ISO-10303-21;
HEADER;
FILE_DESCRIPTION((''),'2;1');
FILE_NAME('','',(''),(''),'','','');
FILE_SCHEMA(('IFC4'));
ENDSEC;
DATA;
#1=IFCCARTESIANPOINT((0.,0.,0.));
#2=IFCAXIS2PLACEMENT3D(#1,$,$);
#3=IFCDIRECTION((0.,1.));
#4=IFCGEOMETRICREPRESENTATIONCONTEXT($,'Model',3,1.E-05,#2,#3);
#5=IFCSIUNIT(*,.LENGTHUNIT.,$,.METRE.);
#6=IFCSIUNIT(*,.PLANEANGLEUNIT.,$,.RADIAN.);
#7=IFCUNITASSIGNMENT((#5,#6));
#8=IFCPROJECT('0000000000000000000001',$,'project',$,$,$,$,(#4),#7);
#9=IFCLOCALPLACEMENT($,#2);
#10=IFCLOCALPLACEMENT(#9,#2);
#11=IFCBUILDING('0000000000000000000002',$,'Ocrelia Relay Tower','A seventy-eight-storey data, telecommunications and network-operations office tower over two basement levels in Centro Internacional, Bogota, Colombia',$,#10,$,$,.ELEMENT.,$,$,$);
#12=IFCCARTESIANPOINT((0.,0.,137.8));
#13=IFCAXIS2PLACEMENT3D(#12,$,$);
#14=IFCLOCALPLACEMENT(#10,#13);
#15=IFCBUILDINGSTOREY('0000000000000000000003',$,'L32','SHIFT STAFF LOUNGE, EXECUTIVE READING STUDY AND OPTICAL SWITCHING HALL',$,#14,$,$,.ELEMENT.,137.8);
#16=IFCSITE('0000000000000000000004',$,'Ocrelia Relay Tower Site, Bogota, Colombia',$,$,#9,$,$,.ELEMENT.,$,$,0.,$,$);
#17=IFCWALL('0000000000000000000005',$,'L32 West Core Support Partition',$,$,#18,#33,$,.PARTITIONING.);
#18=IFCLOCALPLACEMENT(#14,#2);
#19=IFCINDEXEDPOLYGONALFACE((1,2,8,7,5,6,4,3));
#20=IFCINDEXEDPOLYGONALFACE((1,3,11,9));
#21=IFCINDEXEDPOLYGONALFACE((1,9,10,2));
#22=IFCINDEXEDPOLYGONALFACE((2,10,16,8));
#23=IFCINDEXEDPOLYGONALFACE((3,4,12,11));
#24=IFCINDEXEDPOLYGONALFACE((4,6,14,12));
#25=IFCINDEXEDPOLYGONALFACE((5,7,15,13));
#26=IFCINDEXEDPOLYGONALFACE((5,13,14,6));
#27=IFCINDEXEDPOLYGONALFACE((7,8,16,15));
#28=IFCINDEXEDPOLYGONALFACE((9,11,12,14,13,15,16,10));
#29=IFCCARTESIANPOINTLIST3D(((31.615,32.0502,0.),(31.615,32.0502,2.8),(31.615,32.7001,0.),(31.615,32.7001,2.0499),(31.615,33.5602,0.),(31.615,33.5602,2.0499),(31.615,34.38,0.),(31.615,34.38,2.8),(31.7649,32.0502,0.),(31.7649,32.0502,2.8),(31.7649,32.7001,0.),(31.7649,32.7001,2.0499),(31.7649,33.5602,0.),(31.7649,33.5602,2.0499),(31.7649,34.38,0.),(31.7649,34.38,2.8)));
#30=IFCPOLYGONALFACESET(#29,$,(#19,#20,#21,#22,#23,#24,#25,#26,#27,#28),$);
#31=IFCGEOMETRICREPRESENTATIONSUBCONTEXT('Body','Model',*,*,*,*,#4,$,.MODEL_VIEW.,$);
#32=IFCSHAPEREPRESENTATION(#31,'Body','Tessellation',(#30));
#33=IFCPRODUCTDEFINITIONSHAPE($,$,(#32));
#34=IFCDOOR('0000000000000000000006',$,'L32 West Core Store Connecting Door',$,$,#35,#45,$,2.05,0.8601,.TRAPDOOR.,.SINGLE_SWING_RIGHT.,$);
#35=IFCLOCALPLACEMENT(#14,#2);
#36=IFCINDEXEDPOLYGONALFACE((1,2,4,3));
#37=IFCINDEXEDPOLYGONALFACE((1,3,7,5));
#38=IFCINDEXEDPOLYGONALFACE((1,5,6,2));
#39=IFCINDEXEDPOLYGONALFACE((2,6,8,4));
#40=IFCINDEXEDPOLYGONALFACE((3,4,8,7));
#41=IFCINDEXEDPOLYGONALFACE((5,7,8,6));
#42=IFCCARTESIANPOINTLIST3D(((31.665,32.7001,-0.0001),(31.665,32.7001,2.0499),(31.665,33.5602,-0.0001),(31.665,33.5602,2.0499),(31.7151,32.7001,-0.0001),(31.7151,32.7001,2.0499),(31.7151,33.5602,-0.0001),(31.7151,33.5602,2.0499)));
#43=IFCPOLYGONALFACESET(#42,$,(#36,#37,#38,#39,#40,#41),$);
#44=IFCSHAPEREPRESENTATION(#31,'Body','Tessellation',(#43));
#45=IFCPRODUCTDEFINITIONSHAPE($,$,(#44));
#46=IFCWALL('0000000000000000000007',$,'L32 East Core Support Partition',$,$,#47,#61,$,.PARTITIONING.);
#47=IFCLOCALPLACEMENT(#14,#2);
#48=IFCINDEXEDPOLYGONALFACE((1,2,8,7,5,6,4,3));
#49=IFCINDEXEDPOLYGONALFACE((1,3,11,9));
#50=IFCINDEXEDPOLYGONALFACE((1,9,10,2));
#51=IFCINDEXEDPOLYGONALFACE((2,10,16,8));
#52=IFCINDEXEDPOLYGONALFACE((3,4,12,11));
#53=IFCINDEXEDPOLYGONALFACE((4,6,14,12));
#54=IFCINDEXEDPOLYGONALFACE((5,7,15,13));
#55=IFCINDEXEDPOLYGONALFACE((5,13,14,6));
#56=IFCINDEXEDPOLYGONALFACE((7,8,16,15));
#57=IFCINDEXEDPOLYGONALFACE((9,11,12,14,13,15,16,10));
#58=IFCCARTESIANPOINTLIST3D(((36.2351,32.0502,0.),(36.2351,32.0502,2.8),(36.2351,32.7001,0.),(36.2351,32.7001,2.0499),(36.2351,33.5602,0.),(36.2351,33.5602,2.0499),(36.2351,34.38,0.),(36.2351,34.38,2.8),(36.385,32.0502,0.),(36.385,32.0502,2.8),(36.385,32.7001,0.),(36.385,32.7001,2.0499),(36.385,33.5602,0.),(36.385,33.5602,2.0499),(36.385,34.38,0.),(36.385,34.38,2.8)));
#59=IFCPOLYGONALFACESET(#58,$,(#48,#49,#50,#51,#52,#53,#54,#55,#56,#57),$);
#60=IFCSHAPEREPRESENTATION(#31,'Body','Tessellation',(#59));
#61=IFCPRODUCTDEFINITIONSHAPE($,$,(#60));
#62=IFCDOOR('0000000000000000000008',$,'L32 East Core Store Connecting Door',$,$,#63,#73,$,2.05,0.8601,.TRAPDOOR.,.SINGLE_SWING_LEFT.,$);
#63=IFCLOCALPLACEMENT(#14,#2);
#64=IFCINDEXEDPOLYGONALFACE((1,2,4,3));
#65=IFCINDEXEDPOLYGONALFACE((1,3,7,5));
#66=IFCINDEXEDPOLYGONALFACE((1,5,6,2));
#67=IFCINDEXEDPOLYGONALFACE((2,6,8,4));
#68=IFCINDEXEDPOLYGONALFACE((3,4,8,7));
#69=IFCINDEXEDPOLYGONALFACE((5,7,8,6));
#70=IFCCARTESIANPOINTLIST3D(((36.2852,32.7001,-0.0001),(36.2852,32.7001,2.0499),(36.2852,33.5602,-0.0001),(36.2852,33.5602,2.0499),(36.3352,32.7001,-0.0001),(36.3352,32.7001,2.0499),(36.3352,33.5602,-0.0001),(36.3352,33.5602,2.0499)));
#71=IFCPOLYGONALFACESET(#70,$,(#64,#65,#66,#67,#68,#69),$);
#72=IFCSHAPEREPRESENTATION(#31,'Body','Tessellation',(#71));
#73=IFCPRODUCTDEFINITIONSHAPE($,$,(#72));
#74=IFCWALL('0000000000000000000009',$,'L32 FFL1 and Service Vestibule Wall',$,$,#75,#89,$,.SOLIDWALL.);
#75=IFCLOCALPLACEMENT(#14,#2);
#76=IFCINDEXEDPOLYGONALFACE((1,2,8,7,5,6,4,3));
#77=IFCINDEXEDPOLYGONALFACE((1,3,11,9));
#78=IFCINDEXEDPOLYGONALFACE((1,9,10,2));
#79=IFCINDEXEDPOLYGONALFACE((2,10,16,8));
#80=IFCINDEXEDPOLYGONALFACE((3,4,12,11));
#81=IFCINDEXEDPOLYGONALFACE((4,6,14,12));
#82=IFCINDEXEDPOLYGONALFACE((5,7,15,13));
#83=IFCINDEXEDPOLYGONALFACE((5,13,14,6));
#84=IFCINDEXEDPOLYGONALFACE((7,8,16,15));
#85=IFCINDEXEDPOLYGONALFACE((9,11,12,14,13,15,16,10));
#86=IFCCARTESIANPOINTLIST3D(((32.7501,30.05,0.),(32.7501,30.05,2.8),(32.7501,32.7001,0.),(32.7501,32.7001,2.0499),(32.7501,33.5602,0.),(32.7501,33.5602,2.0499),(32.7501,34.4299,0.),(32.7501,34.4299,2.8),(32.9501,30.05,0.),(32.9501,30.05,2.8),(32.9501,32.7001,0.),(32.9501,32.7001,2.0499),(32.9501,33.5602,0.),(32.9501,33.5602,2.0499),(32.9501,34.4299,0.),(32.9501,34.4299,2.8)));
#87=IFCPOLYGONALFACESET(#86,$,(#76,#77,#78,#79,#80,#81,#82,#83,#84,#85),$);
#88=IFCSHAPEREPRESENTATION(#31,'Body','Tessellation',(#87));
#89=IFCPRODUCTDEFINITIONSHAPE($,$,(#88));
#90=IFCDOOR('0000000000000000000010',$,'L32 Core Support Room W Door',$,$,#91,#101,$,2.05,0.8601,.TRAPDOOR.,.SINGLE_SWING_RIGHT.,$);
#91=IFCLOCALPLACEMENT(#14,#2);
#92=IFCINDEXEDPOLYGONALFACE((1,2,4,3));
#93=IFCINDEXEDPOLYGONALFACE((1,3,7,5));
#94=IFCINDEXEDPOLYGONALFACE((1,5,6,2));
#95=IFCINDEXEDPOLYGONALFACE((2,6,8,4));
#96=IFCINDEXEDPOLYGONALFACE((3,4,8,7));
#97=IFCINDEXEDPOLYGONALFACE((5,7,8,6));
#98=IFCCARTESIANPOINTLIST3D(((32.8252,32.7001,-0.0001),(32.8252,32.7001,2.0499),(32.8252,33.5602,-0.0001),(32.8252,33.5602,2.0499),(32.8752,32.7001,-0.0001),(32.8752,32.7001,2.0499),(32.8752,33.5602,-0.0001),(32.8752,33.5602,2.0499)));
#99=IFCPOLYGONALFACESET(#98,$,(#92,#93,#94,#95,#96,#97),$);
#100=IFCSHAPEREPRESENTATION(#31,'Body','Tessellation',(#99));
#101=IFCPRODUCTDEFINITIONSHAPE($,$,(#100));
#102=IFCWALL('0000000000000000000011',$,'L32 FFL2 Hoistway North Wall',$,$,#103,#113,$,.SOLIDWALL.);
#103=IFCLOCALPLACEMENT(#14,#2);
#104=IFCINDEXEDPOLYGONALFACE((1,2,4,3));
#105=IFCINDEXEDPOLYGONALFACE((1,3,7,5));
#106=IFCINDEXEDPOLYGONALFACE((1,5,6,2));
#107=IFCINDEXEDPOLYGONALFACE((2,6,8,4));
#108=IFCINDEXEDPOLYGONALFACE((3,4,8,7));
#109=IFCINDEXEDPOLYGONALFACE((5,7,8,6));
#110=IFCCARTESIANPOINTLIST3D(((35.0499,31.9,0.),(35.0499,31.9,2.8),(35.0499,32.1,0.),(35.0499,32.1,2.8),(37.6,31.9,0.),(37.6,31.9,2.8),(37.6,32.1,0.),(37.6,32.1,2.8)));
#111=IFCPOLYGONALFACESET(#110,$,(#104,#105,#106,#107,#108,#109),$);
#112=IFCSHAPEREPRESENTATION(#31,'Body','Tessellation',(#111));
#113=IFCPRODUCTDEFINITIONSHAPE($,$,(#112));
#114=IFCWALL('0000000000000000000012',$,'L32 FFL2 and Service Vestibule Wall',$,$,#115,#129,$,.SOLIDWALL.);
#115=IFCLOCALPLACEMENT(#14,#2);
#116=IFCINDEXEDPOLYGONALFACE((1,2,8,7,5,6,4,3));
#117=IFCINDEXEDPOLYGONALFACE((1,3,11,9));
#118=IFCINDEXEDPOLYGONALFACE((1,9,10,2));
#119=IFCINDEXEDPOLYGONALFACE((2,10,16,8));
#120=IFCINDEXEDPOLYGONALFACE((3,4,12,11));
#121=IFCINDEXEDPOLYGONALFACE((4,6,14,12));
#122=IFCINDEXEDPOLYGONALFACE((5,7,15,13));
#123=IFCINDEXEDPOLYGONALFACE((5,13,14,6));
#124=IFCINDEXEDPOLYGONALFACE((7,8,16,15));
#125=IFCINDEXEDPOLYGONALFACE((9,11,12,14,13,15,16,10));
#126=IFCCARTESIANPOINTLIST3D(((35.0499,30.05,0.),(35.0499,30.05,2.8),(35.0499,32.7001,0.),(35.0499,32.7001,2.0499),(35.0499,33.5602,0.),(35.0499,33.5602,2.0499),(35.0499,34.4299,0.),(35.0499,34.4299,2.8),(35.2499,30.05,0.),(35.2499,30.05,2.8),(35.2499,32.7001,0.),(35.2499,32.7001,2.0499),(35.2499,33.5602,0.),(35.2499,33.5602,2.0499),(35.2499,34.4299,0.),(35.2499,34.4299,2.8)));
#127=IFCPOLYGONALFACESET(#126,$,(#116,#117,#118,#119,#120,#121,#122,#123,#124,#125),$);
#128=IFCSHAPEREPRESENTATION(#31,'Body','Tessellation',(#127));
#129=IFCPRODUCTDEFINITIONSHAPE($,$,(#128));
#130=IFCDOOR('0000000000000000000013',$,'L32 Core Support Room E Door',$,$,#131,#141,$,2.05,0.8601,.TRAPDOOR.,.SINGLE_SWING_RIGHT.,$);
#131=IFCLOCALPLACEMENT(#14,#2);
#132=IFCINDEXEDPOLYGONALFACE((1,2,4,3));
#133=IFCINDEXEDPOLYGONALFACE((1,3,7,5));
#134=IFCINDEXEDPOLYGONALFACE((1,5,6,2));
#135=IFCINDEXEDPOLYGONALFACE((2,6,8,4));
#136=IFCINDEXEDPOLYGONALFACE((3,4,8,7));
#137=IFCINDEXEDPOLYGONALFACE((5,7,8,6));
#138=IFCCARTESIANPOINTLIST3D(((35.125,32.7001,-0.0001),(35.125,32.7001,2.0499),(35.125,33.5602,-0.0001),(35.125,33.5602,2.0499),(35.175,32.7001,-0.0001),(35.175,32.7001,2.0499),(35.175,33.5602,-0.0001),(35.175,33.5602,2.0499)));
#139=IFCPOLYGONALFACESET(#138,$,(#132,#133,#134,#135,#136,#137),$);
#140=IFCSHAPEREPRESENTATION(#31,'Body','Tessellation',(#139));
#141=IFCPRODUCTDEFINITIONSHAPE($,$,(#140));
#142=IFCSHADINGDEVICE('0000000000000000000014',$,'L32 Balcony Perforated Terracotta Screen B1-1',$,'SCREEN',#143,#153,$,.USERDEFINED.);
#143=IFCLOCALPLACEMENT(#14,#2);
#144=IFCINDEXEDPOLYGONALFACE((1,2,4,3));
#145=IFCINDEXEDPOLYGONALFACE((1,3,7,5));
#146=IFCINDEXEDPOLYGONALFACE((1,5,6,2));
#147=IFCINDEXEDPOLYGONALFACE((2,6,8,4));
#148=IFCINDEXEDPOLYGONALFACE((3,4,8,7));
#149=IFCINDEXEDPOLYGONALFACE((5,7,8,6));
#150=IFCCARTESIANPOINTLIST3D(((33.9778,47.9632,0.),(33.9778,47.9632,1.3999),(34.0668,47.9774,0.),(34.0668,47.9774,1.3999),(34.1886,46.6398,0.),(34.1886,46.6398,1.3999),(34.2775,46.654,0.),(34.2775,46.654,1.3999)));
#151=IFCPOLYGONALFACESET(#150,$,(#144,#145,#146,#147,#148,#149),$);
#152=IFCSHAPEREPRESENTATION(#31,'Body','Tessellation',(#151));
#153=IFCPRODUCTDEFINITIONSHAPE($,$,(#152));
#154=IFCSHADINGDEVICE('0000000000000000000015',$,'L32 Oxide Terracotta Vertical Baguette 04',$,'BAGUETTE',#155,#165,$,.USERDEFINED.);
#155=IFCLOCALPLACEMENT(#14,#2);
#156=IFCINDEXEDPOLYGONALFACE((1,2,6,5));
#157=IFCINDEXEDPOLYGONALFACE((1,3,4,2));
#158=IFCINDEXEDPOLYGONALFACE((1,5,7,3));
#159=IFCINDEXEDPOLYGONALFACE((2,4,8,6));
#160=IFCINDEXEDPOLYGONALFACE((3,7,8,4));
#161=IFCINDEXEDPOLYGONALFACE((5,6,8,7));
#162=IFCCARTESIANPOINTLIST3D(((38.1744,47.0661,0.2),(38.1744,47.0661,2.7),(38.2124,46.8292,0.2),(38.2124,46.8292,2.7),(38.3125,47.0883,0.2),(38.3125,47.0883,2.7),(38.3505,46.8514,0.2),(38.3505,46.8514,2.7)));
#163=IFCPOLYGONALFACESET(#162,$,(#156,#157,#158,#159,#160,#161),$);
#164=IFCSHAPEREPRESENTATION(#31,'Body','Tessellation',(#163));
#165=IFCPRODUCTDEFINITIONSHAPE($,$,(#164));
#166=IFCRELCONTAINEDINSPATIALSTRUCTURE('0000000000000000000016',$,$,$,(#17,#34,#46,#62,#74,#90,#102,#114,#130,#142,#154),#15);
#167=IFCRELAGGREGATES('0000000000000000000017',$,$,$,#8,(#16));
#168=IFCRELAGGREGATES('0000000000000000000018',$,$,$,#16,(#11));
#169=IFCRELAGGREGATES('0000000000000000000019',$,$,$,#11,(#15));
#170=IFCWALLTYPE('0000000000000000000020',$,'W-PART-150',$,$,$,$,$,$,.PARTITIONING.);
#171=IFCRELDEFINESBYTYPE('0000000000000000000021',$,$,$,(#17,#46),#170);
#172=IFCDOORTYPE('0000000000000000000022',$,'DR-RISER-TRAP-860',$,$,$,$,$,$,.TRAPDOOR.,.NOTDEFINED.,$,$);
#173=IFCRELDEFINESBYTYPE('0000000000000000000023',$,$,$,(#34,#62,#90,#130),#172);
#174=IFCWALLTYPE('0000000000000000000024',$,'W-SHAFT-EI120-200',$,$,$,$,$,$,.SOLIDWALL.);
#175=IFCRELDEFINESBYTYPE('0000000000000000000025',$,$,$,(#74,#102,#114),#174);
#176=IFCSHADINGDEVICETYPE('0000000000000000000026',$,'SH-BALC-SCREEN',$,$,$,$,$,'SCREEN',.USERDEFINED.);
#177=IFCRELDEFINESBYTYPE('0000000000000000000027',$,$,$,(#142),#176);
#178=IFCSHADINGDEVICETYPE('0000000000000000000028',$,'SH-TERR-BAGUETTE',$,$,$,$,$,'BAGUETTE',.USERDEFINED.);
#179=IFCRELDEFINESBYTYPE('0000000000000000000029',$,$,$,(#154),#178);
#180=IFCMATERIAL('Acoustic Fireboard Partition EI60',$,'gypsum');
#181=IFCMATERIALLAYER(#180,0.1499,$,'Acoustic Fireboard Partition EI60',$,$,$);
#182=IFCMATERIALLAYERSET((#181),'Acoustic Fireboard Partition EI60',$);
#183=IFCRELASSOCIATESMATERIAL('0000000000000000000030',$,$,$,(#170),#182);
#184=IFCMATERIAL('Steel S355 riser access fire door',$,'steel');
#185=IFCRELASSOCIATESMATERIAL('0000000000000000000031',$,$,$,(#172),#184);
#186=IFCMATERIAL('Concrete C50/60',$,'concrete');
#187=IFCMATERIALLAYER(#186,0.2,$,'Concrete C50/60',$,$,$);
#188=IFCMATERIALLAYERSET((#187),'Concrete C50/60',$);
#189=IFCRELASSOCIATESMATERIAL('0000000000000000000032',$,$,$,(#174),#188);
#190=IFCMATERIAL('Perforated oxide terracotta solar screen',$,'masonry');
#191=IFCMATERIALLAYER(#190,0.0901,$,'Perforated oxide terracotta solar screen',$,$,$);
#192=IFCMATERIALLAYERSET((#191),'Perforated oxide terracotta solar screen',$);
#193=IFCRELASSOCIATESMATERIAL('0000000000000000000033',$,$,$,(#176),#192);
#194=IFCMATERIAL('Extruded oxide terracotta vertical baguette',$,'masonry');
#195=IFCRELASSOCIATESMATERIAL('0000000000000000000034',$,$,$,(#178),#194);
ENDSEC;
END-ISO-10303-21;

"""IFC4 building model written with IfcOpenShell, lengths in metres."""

from ifc_helpers import new_model, si_unit, direction, frame, frame_2d, origin, origin_2d, place, context, subcontext, project, spatial, rectangle, extrude, material, layer, layer_set, type_object, element, fill, save


model = new_model("IFC4")

# Units and contexts
model_context = context("Model", 3, precision=1e-05, world=origin(), true_north=direction((0.0, 1.0)))
body_context = subcontext(model_context, "Body", "Model", "MODEL_VIEW")
ifc_project = project(units=[si_unit("LENGTHUNIT", "METRE"), si_unit("PLANEANGLEUNIT", "RADIAN")], contexts=[model_context])

# Site, building, storey
site_placement = place(None, origin())
site = spatial("IfcSite", under=ifc_project, at=site_placement, Name="Ocrelia Relay Tower Site, Bogota, Colombia", CompositionType="ELEMENT", RefElevation=0.0)
building_placement = place(site_placement, origin())
building = spatial("IfcBuilding", under=site, at=building_placement, Name="Ocrelia Relay Tower", Description="A seventy-eight-storey data, telecommunications and network-operations office tower over two basement levels in Centro Internacional, Bogota, Colombia", CompositionType="ELEMENT")
storey_placement = place(building_placement, frame((0.0, 0.0, 137.8)))
storey = spatial("IfcBuildingStorey", under=building, at=storey_placement, Name="L32", Description="SHIFT STAFF LOUNGE, EXECUTIVE READING STUDY AND OPTICAL SWITCHING HALL", CompositionType="ELEMENT", Elevation=137.8)

# Walls, openings, doors
ifc_material_1 = material(Name="Concrete C50/60", Category="concrete")
ifc_material_2 = material(Name="Acoustic Fireboard Partition EI60", Category="gypsum")
ifc_layer_1 = layer(ifc_material_2, 0.1499, Name="Acoustic Fireboard Partition EI60")
ifc_layer_set_1 = layer_set([ifc_layer_1], Name="Acoustic Fireboard Partition EI60")
wall_type_1 = type_object("IfcWallType", Name="W-PART-150", PredefinedType="PARTITIONING", material=ifc_layer_set_1)
wall_1_placement = place(storey_placement, frame((31.6899, 32.05, 0.0), z_axis=(0.0, 0.0, 1.0), x_axis=(0.0, 1.0, 0.0)))
wall_1 = element("IfcWall", 1, at=wall_1_placement, inside=storey, type_object=wall_type_1, Name="L32 West Core Support Partition", PredefinedType="PARTITIONING", context=body_context, shape_type="SweptSolid", body=[
    extrude(rectangle(XDim=2.3298, YDim=0.1499, at=frame_2d((1.165, 0.0))), origin(), (0.0, 0.0, 1.0), 2.8),
])
opening_1_placement = place(wall_1_placement, frame((0.6499, 0.0, 0.0)))
opening_1 = element("IfcOpeningElement", 2, at=opening_1_placement, cuts=wall_1, PredefinedType="OPENING", context=body_context, shape_type="SweptSolid", body=[
    extrude(rectangle(XDim=0.8601, YDim=2.05, at=frame_2d((0.4302, 1.0249))), frame((0.0, 0.085, 0.0), z_axis=(0.0, -1.0, 0.0), x_axis=(1.0, 0.0, 0.0)), (0.0, 0.0, 1.0), 0.1699),
])
ifc_material_3 = material(Name="Steel S355 riser access fire door", Category="steel")
door_type_1 = type_object("IfcDoorType", Name="DR-RISER-TRAP-860", OperationType="NOTDEFINED", PredefinedType="TRAPDOOR", material=ifc_material_3)
door_1_placement = place(opening_1_placement, origin())
door_1 = element("IfcDoor", 3, at=door_1_placement, inside=storey, type_object=door_type_1, Name="L32 West Core Store Connecting Door", OperationType="SINGLE_SWING_RIGHT", OverallHeight=2.05, OverallWidth=0.8601, PredefinedType="TRAPDOOR", context=body_context, shape_type="SweptSolid", body=[
    extrude(rectangle(XDim=0.8601, YDim=2.05, at=frame_2d((0.4302, 1.0249))), frame((0.0, 0.0249, 0.0), z_axis=(0.0, -1.0, 0.0), x_axis=(1.0, 0.0, 0.0)), (0.0, 0.0, 1.0), 0.05),
])
fill(opening_1, door_1)
wall_2_placement = place(storey_placement, frame((36.3101, 32.05, 0.0), z_axis=(0.0, 0.0, 1.0), x_axis=(0.0, 1.0, 0.0)))
wall_2 = element("IfcWall", 4, at=wall_2_placement, inside=storey, type_object=wall_type_1, Name="L32 East Core Support Partition", PredefinedType="PARTITIONING", context=body_context, shape_type="SweptSolid", body=[
    extrude(rectangle(XDim=2.3298, YDim=0.1499, at=frame_2d((1.165, 0.0))), origin(), (0.0, 0.0, 1.0), 2.8),
])
opening_2_placement = place(wall_2_placement, frame((0.6499, 0.0, 0.0)))
opening_2 = element("IfcOpeningElement", 5, at=opening_2_placement, cuts=wall_2, PredefinedType="OPENING", context=body_context, shape_type="SweptSolid", body=[
    extrude(rectangle(XDim=0.8601, YDim=2.05, at=frame_2d((0.4302, 1.0249))), frame((0.0, 0.085, 0.0), z_axis=(0.0, -1.0, 0.0), x_axis=(1.0, 0.0, 0.0)), (0.0, 0.0, 1.0), 0.1699),
])
door_2_placement = place(opening_2_placement, origin())
door_2 = element("IfcDoor", 6, at=door_2_placement, inside=storey, type_object=door_type_1, Name="L32 East Core Store Connecting Door", OperationType="SINGLE_SWING_LEFT", OverallHeight=2.05, OverallWidth=0.8601, PredefinedType="TRAPDOOR", context=body_context, shape_type="SweptSolid", body=[
    extrude(rectangle(XDim=0.8601, YDim=2.05, at=frame_2d((0.4302, 1.0249))), frame((0.0, 0.0249, 0.0), z_axis=(0.0, -1.0, 0.0), x_axis=(1.0, 0.0, 0.0)), (0.0, 0.0, 1.0), 0.05),
])
fill(opening_2, door_2)
ifc_layer_2 = layer(ifc_material_1, 0.2, Name="Concrete C50/60")
ifc_layer_set_2 = layer_set([ifc_layer_2], Name="Concrete C50/60")
wall_type_2 = type_object("IfcWallType", Name="W-SHAFT-EI120-200", PredefinedType="SOLIDWALL", material=ifc_layer_set_2)
wall_3_placement = place(storey_placement, frame((32.8501, 30.05, 0.0), z_axis=(0.0, 0.0, 1.0), x_axis=(0.0, 1.0, 0.0)))
wall_3 = element("IfcWall", 7, at=wall_3_placement, inside=storey, type_object=wall_type_2, Name="L32 FFL1 and Service Vestibule Wall", PredefinedType="SOLIDWALL", context=body_context, shape_type="SweptSolid", body=[
    extrude(rectangle(XDim=4.3799, YDim=0.2, at=frame_2d((2.1899, 0.0))), origin(), (0.0, 0.0, 1.0), 2.8),
])
opening_3_placement = place(wall_3_placement, frame((2.6499, 0.0, 0.0)))
opening_3 = element("IfcOpeningElement", 8, at=opening_3_placement, cuts=wall_3, PredefinedType="OPENING", context=body_context, shape_type="SweptSolid", body=[
    extrude(rectangle(XDim=0.8601, YDim=2.05, at=frame_2d((0.4302, 1.0249))), frame((0.0, 0.1099, 0.0), z_axis=(0.0, -1.0, 0.0), x_axis=(1.0, 0.0, 0.0)), (0.0, 0.0, 1.0), 0.22),
])
door_3_placement = place(opening_3_placement, origin())
door_3 = element("IfcDoor", 9, at=door_3_placement, inside=storey, type_object=door_type_1, Name="L32 Core Support Room W Door", OperationType="SINGLE_SWING_RIGHT", OverallHeight=2.05, OverallWidth=0.8601, PredefinedType="TRAPDOOR", context=body_context, shape_type="SweptSolid", body=[
    extrude(rectangle(XDim=0.8601, YDim=2.05, at=frame_2d((0.4302, 1.0249))), frame((0.0, 0.0249, 0.0), z_axis=(0.0, -1.0, 0.0), x_axis=(1.0, 0.0, 0.0)), (0.0, 0.0, 1.0), 0.05),
])
fill(opening_3, door_3)

# Wall
wall_4_placement = place(storey_placement, frame((35.05, 32.0, 0.0), z_axis=(0.0, 0.0, 1.0), x_axis=(1.0, 0.0, 0.0)))
element("IfcWall", 10, at=wall_4_placement, inside=storey, type_object=wall_type_2, Name="L32 FFL2 Hoistway North Wall", PredefinedType="SOLIDWALL", context=body_context, shape_type="SweptSolid", body=[
    extrude(rectangle(XDim=2.55, YDim=0.2, at=frame_2d((1.2749, 0.0))), origin(), (0.0, 0.0, 1.0), 2.8),
])

# Wall, opening, door
wall_5_placement = place(storey_placement, frame((35.1499, 30.05, 0.0), z_axis=(0.0, 0.0, 1.0), x_axis=(0.0, 1.0, 0.0)))
wall_5 = element("IfcWall", 11, at=wall_5_placement, inside=storey, type_object=wall_type_2, Name="L32 FFL2 and Service Vestibule Wall", PredefinedType="SOLIDWALL", context=body_context, shape_type="SweptSolid", body=[
    extrude(rectangle(XDim=4.3799, YDim=0.2, at=frame_2d((2.1899, 0.0))), origin(), (0.0, 0.0, 1.0), 2.8),
])
opening_4_placement = place(wall_5_placement, frame((2.6499, 0.0, 0.0)))
opening_4 = element("IfcOpeningElement", 12, at=opening_4_placement, cuts=wall_5, PredefinedType="OPENING", context=body_context, shape_type="SweptSolid", body=[
    extrude(rectangle(XDim=0.8601, YDim=2.05, at=frame_2d((0.4302, 1.0249))), frame((0.0, 0.1099, 0.0), z_axis=(0.0, -1.0, 0.0), x_axis=(1.0, 0.0, 0.0)), (0.0, 0.0, 1.0), 0.22),
])
door_4_placement = place(opening_4_placement, origin())
door_4 = element("IfcDoor", 13, at=door_4_placement, inside=storey, type_object=door_type_1, Name="L32 Core Support Room E Door", OperationType="SINGLE_SWING_RIGHT", OverallHeight=2.05, OverallWidth=0.8601, PredefinedType="TRAPDOOR", context=body_context, shape_type="SweptSolid", body=[
    extrude(rectangle(XDim=0.8601, YDim=2.05, at=frame_2d((0.4302, 1.0249))), frame((0.0, 0.0249, 0.0), z_axis=(0.0, -1.0, 0.0), x_axis=(1.0, 0.0, 0.0)), (0.0, 0.0, 1.0), 0.05),
])
fill(opening_4, door_4)

# Shading devices
ifc_material_4 = material(Name="Perforated oxide terracotta solar screen", Category="masonry")
ifc_layer_3 = layer(ifc_material_4, 0.0901, Name="Perforated oxide terracotta solar screen")
ifc_layer_set_3 = layer_set([ifc_layer_3], Name="Perforated oxide terracotta solar screen")
shading_device_type_1 = type_object("IfcShadingDeviceType", Name="SH-BALC-SCREEN", ElementType="SCREEN", PredefinedType="USERDEFINED", material=ifc_layer_set_3)
shading_device_1_placement = place(storey_placement, frame((34.1277, 47.3086, 0.0), z_axis=(0.0, 0.0, 1.0), x_axis=(-0.157238, 0.987561, 0.0)))
element("IfcShadingDevice", 14, at=shading_device_1_placement, inside=storey, type_object=shading_device_type_1, Name="L32 Balcony Perforated Terracotta Screen B1-1", ObjectType="SCREEN", PredefinedType="USERDEFINED", context=body_context, shape_type="SweptSolid", body=[
    extrude(rectangle(XDim=1.3401, YDim=0.0901, at=origin_2d()), origin(), (0.0, 0.0, 1.0), 1.3999),
])
ifc_material_5 = material(Name="Extruded oxide terracotta vertical baguette", Category="masonry")
shading_device_type_2 = type_object("IfcShadingDeviceType", Name="SH-TERR-BAGUETTE", ElementType="BAGUETTE", PredefinedType="USERDEFINED", material=ifc_material_5)
shading_device_2_placement = place(storey_placement, frame((38.2625, 46.9587, 0.2), z_axis=(0.0, 0.0, 1.0), x_axis=(-0.987334, -0.158654, 0.0)))
element("IfcShadingDevice", 15, at=shading_device_2_placement, inside=storey, type_object=shading_device_type_2, Name="L32 Oxide Terracotta Vertical Baguette 04", ObjectType="BAGUETTE", PredefinedType="USERDEFINED", context=body_context, shape_type="SweptSolid", body=[
    extrude(rectangle(XDim=0.1399, YDim=0.24, at=origin_2d()), origin(), (0.0, 0.0, 1.0), 2.5),
])

save(model, "model.ifc")
